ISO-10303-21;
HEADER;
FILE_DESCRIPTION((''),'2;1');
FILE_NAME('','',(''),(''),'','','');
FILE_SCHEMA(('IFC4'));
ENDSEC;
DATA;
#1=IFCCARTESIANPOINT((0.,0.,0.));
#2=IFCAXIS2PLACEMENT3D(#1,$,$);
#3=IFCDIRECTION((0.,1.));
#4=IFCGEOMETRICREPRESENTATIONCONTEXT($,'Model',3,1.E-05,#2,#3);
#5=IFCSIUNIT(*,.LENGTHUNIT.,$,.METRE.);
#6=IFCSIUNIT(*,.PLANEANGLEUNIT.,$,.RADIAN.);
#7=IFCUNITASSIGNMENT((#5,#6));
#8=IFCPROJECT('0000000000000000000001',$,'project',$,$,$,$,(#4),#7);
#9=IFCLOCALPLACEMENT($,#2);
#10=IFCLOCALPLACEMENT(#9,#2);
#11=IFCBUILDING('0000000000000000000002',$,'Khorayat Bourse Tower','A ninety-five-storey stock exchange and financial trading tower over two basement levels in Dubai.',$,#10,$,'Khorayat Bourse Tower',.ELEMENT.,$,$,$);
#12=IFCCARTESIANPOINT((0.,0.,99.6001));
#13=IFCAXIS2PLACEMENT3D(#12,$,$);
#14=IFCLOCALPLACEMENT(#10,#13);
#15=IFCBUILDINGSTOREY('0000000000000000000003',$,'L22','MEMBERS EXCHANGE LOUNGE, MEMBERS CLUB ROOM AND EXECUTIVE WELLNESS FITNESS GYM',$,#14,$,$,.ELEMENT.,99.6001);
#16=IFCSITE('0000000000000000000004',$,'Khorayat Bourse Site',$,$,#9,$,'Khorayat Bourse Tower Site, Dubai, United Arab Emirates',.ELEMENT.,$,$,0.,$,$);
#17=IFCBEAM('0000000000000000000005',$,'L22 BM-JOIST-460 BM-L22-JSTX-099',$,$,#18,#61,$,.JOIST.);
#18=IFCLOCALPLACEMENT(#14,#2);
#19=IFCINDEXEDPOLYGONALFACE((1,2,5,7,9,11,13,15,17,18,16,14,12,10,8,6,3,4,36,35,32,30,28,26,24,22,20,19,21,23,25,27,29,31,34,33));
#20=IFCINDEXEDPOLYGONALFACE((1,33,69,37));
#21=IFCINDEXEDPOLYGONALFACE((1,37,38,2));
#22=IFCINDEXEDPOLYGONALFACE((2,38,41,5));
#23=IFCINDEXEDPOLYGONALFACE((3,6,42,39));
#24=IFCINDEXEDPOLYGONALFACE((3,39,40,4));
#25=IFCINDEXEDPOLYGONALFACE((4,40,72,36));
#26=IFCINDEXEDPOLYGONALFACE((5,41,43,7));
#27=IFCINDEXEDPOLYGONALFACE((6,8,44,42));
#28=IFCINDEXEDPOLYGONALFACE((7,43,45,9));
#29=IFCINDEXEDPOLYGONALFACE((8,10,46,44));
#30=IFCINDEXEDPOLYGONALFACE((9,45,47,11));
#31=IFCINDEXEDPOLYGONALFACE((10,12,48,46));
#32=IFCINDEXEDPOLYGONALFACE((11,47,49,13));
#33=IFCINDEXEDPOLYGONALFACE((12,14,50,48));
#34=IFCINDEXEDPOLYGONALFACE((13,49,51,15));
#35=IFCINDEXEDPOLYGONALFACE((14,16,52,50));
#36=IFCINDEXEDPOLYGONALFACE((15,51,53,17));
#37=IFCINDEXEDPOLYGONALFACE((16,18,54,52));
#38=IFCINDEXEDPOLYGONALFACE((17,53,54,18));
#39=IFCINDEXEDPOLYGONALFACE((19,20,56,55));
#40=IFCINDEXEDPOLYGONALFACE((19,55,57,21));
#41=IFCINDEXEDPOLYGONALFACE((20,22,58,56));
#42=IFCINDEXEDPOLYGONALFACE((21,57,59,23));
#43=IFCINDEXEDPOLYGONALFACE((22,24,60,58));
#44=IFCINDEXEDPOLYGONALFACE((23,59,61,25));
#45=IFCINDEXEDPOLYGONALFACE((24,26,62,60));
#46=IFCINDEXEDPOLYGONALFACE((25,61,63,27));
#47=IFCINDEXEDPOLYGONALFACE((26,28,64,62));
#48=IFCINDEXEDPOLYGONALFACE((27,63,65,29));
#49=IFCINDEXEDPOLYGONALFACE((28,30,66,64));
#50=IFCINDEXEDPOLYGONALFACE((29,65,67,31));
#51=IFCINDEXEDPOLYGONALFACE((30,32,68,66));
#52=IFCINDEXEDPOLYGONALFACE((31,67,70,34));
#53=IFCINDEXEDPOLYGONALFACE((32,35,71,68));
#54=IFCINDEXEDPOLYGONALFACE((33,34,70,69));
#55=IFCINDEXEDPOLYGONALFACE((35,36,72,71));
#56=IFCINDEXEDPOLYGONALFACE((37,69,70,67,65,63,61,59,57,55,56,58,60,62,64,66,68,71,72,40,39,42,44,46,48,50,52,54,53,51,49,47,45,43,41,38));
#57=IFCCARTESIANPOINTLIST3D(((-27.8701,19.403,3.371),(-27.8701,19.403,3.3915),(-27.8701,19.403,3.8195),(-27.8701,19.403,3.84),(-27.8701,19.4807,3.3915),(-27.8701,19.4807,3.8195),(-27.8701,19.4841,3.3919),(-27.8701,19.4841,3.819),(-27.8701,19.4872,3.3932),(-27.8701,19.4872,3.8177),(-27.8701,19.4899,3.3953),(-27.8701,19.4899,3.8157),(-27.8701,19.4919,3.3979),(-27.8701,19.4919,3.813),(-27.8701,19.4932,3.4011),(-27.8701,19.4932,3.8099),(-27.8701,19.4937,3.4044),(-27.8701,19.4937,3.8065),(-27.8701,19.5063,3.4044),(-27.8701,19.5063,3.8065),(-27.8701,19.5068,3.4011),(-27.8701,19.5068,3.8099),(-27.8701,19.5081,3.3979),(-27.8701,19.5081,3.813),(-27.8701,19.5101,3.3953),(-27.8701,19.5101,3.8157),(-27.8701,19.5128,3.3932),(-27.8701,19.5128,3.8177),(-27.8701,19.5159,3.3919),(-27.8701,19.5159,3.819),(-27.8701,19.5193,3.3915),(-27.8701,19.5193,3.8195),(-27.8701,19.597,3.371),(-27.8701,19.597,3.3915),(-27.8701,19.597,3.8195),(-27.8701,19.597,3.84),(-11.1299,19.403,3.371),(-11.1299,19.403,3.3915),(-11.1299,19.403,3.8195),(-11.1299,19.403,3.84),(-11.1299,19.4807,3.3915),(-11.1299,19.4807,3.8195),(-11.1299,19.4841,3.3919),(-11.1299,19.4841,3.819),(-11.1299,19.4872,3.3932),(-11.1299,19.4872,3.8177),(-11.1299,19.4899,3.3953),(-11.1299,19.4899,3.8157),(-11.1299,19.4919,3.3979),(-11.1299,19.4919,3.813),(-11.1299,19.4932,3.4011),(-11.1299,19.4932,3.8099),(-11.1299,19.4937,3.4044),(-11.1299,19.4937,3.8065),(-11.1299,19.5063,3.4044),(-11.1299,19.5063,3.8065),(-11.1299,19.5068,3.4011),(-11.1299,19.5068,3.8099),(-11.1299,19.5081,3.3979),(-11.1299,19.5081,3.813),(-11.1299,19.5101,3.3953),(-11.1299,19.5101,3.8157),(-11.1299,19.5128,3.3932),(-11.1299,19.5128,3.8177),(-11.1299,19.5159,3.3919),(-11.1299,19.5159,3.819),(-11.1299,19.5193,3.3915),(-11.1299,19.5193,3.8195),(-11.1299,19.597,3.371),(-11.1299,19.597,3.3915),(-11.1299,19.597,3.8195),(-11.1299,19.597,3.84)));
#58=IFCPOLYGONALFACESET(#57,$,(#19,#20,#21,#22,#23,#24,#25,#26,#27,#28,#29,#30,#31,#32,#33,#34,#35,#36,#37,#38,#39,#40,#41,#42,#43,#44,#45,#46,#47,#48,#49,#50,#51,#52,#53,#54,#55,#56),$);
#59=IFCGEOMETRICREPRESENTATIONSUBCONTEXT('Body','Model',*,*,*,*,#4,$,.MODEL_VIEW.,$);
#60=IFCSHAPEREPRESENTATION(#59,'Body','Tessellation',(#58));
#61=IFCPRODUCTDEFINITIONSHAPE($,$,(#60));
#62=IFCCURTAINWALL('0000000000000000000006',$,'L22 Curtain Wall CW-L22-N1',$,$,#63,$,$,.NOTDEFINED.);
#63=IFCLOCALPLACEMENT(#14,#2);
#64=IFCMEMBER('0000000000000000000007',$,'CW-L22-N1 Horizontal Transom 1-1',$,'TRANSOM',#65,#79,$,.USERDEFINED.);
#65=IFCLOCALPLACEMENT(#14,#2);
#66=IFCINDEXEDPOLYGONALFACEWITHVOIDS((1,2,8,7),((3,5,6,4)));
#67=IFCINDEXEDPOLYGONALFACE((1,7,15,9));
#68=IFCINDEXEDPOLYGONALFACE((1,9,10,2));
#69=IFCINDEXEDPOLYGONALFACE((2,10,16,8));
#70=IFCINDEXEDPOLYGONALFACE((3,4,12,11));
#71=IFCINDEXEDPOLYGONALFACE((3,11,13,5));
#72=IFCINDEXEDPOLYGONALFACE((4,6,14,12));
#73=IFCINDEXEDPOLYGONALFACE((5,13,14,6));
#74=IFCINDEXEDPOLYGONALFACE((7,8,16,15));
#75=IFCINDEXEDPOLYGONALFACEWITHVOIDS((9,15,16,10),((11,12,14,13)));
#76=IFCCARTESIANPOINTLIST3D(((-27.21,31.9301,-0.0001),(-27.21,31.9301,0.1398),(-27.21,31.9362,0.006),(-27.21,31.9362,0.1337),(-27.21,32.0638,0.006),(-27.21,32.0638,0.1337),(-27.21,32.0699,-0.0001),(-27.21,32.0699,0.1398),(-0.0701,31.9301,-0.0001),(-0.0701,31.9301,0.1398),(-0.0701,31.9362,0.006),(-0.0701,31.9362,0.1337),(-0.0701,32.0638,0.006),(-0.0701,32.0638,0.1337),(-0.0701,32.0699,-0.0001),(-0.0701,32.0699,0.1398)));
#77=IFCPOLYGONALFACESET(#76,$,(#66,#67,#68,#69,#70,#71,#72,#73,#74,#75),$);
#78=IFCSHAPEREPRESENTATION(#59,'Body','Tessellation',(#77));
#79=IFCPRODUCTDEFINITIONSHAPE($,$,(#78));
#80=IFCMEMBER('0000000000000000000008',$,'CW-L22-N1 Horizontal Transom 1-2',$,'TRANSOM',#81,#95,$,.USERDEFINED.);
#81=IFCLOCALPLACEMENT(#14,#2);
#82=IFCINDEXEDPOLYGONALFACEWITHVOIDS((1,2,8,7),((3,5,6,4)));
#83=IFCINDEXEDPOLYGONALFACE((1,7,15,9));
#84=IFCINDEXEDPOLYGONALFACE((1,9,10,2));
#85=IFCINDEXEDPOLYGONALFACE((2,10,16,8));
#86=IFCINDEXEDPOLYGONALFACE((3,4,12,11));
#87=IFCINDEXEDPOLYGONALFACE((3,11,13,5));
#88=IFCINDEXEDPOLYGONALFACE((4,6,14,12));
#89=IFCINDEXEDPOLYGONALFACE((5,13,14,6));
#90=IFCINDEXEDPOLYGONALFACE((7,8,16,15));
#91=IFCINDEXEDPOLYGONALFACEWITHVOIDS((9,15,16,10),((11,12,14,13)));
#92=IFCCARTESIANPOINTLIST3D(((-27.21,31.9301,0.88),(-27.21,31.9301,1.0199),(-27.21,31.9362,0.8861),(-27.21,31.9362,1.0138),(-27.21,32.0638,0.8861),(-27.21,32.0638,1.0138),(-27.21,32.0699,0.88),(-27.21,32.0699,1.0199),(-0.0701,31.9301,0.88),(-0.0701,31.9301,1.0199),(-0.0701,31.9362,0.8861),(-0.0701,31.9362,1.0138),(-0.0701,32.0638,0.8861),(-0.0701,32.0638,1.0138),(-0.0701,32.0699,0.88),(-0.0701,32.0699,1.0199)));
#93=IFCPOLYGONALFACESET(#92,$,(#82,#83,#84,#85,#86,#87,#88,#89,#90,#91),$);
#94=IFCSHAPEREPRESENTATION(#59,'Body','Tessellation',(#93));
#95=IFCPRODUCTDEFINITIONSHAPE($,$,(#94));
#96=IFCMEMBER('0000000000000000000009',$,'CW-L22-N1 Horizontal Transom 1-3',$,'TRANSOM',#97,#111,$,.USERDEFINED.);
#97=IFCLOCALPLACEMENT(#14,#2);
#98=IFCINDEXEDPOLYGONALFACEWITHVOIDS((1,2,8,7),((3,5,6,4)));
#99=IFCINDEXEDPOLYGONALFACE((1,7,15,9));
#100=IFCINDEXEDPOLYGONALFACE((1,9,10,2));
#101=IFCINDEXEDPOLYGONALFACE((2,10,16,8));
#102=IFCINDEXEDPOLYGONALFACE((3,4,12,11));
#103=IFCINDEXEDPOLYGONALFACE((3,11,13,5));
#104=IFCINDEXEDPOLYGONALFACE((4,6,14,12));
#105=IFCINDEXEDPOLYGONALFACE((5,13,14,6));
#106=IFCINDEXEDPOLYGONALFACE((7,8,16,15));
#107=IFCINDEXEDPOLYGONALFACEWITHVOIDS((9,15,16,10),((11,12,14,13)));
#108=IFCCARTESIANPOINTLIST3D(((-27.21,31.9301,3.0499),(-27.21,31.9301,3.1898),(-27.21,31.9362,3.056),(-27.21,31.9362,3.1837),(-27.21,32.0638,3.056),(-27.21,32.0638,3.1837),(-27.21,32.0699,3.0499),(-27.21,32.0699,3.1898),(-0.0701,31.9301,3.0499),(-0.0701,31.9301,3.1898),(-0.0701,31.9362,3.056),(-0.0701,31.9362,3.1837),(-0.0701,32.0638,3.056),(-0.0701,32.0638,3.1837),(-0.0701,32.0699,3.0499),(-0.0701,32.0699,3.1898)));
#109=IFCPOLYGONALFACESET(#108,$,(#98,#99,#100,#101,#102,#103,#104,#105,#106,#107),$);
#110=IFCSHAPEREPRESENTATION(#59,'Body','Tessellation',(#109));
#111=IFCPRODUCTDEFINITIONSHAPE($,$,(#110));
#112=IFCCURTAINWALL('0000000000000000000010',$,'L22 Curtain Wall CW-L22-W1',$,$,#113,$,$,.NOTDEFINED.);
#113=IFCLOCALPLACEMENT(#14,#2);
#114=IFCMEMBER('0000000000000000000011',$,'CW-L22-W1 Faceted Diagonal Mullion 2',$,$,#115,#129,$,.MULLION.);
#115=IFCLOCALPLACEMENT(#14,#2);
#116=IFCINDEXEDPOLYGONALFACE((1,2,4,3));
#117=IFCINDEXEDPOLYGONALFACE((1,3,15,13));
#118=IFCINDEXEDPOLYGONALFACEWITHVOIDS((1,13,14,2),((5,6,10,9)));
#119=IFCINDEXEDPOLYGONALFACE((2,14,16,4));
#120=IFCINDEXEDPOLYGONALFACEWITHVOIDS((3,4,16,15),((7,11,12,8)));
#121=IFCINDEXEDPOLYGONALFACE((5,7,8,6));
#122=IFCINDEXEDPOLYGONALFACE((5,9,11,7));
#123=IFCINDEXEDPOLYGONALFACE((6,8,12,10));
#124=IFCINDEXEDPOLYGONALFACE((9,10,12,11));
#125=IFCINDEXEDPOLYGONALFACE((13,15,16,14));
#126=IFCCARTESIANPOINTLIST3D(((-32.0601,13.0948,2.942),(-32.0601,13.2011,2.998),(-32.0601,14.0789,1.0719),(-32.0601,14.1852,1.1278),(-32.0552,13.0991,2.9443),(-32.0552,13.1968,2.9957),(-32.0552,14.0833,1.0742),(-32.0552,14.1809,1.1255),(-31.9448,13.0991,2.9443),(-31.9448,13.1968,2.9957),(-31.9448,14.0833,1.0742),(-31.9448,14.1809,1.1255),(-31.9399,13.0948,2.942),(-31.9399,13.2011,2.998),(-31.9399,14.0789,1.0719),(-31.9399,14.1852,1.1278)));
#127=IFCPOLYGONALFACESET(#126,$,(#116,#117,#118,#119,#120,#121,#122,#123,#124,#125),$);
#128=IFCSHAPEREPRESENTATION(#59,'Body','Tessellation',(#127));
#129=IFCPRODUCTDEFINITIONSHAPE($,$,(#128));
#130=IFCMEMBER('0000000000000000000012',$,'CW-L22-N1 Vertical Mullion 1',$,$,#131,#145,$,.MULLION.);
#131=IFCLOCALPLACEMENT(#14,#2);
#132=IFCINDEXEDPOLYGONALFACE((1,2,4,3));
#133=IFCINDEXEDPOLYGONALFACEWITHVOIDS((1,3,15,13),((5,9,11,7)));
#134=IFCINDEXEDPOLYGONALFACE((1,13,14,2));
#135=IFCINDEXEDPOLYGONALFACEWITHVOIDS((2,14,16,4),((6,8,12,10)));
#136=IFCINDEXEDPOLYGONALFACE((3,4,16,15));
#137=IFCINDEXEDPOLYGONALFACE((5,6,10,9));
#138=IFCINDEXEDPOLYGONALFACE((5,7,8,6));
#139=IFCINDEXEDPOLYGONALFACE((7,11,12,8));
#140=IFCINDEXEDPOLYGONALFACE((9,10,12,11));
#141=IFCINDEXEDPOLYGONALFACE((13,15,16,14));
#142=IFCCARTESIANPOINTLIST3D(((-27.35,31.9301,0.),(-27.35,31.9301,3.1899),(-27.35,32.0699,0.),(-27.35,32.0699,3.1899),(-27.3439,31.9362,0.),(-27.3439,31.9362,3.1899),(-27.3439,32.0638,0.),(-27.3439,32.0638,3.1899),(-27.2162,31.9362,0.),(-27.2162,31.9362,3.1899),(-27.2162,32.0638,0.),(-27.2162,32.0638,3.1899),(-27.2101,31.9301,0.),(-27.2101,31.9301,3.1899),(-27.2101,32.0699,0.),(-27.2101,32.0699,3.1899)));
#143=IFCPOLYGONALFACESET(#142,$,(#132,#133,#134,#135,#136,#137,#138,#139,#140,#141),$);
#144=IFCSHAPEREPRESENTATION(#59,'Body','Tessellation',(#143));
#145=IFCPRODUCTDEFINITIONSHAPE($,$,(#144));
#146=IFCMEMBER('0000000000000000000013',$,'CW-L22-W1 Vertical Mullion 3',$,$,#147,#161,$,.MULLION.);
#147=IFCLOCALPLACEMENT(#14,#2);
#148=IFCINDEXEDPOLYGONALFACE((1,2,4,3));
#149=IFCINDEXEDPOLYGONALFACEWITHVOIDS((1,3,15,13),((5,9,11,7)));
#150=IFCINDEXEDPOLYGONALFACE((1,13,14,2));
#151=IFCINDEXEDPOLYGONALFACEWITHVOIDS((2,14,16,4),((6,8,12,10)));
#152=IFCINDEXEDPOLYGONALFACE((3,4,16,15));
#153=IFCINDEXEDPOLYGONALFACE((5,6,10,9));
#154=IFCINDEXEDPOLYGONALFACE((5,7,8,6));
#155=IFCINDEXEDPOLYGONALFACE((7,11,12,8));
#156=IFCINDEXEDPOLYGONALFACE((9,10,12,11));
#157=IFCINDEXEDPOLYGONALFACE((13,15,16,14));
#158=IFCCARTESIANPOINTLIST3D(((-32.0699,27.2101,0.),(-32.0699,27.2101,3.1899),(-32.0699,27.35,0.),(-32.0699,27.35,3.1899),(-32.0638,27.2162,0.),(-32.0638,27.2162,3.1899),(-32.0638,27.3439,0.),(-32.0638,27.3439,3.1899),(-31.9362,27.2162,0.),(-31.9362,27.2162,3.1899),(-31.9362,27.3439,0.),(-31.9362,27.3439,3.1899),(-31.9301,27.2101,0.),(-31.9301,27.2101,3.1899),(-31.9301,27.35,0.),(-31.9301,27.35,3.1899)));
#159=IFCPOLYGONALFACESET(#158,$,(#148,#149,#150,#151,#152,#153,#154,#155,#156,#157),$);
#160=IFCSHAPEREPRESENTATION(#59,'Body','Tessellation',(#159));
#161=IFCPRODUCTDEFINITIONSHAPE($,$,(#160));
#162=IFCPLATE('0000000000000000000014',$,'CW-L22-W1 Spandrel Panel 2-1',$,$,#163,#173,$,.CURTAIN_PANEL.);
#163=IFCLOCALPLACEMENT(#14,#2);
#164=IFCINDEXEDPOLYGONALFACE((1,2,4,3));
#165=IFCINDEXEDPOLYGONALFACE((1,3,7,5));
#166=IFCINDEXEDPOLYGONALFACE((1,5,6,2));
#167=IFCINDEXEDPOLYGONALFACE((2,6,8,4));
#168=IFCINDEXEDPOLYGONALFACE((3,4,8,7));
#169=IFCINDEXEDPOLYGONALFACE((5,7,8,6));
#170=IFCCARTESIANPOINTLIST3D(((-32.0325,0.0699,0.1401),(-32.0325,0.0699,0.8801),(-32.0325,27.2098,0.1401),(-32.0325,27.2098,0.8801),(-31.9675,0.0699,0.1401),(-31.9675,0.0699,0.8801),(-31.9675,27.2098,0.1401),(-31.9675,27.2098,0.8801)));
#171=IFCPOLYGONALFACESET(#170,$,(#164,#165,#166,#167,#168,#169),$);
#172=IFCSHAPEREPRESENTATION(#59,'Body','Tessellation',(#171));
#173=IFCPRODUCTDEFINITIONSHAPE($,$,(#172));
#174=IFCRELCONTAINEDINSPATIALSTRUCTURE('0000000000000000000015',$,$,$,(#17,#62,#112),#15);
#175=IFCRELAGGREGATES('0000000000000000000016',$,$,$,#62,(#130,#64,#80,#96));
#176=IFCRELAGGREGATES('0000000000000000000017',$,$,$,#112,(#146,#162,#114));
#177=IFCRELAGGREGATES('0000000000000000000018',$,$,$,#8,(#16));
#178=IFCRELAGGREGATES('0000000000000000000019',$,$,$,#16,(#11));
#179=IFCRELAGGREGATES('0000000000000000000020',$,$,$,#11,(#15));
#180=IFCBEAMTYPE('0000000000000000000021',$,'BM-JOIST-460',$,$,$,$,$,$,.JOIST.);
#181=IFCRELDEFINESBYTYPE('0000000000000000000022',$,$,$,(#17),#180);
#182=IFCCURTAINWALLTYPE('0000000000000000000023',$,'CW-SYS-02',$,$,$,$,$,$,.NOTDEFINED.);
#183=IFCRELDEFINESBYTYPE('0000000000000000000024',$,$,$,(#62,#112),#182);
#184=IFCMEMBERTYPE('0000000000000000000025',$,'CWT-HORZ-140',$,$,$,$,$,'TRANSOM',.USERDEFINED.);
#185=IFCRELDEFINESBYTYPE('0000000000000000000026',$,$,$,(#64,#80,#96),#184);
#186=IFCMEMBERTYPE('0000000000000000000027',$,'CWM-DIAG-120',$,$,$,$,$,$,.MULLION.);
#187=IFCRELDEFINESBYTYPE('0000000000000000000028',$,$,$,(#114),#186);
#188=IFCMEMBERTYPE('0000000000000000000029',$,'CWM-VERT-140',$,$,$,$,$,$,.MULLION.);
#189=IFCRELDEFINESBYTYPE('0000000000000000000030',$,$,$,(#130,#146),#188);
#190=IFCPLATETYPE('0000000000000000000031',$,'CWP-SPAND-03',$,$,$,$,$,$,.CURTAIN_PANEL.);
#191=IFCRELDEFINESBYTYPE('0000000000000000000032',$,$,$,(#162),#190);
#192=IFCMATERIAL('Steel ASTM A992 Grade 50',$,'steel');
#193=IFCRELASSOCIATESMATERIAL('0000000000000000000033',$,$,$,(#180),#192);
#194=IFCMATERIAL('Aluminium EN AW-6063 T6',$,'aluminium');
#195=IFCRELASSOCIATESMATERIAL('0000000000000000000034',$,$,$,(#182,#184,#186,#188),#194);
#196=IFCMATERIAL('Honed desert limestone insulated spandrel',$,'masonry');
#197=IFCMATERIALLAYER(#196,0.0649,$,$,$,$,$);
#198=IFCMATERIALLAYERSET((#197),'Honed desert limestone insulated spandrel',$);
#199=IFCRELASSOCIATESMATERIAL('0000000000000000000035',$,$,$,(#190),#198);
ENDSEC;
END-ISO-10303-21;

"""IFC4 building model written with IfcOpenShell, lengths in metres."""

from ifc_helpers import new_model, si_unit, direction, frame, origin, origin_2d, place, context, subcontext, project, spatial, rectangle, hollow_rectangle, i_section, extrude, source, transform, mapped, material, layer, layer_set, material_profile, profile_set, type_object, element, aggregate, save


model = new_model("IFC4")

# Units and contexts
model_context = context("Model", 3, precision=1e-05, world=origin(), true_north=direction((0.0, 1.0)))
body_context = subcontext(model_context, "Body", "Model", "MODEL_VIEW")
ifc_project = project(units=[si_unit("LENGTHUNIT", "METRE"), si_unit("PLANEANGLEUNIT", "RADIAN")], contexts=[model_context])

# Site, building, storey
site_placement = place(None, origin())
site = spatial("IfcSite", under=ifc_project, at=site_placement, Name="Khorayat Bourse Site", LongName="Khorayat Bourse Tower Site, Dubai, United Arab Emirates", CompositionType="ELEMENT", RefElevation=0.0)
building_placement = place(site_placement, origin())
building = spatial("IfcBuilding", under=site, at=building_placement, Name="Khorayat Bourse Tower", Description="A ninety-five-storey stock exchange and financial trading tower over two basement levels in Dubai.", LongName="Khorayat Bourse Tower", CompositionType="ELEMENT")
storey_placement = place(building_placement, frame((0.0, 0.0, 99.6001)))
storey = spatial("IfcBuildingStorey", under=building, at=storey_placement, Name="L22", Description="MEMBERS EXCHANGE LOUNGE, MEMBERS CLUB ROOM AND EXECUTIVE WELLNESS FITNESS GYM", CompositionType="ELEMENT", Elevation=99.6001)

# Beam
ifc_material_1 = material(Name="Steel ASTM A992 Grade 50", Category="steel")
ifc_material_profile_1 = material_profile(ifc_material_1, i_section(OverallWidth=0.1941, OverallDepth=0.469, WebThickness=0.0127, FlangeThickness=0.0205, FilletRadius=0.0129, at=origin_2d()), Name="W460X106")
ifc_profile_set_1 = profile_set([ifc_material_profile_1], Name="Steel ASTM A992 Grade 50")
beam_type_1 = type_object("IfcBeamType", Name="BM-JOIST-460", PredefinedType="JOIST", material=ifc_profile_set_1)
shared_shape_1 = source(origin(), body_context, "Body", "SweptSolid", [
    extrude(i_section(OverallWidth=0.1941, OverallDepth=0.469, WebThickness=0.0127, FlangeThickness=0.0205, FilletRadius=0.0129, at=origin_2d()), origin(), (0.0, 0.0, 1.0), 16.7402),
])
beam_1_placement = place(storey_placement, frame((-27.8701, 19.5, 3.6055), z_axis=(1.0, 0.0, 0.0), x_axis=(0.0, 1.0, 0.0)))
element("IfcBeam", 1, at=beam_1_placement, inside=storey, type_object=beam_type_1, Name="L22 BM-JOIST-460 BM-L22-JSTX-099", PredefinedType="JOIST", context=body_context, shape_type="MappedRepresentation", body=[
    mapped(shared_shape_1, transform((0.0, 0.0, 0.0), scale=1.0)),
])

# Curtain wall, members
ifc_material_2 = material(Name="Aluminium EN AW-6063 T6", Category="aluminium")
curtain_wall_type = type_object("IfcCurtainWallType", Name="CW-SYS-02", PredefinedType="NOTDEFINED", material=ifc_material_2)
curtain_wall_1_placement = place(storey_placement, origin())
curtain_wall_1 = element("IfcCurtainWall", 2, at=curtain_wall_1_placement, inside=storey, type_object=curtain_wall_type, Name="L22 Curtain Wall CW-L22-N1", PredefinedType="NOTDEFINED")
ifc_material_profile_2 = material_profile(ifc_material_2, hollow_rectangle(XDim=0.1399, YDim=0.1399, WallThickness=0.0061, at=origin_2d()), Name="ALU 140x140x6")
ifc_profile_set_2 = profile_set([ifc_material_profile_2], Name="Aluminium EN AW-6063 T6")
member_type_1 = type_object("IfcMemberType", Name="CWT-HORZ-140", ElementType="TRANSOM", PredefinedType="USERDEFINED", material=ifc_profile_set_2)
shared_shape_2 = source(origin(), body_context, "Body", "SweptSolid", [
    extrude(hollow_rectangle(XDim=0.1399, YDim=0.1399, WallThickness=0.0061, at=origin_2d()), origin(), (0.0, 0.0, 1.0), 27.1399),
])
member_1_placement = place(storey_placement, frame((-27.21, 32.0, 0.0698), z_axis=(1.0, 0.0, 0.0), x_axis=(0.0, 1.0, 0.0)))
member_1 = element("IfcMember", 3, at=member_1_placement, type_object=member_type_1, Name="CW-L22-N1 Horizontal Transom 1-1", ObjectType="TRANSOM", PredefinedType="USERDEFINED", context=body_context, shape_type="MappedRepresentation", body=[
    mapped(shared_shape_2, transform((0.0, 0.0, 0.0), scale=1.0)),
])
member_2_placement = place(storey_placement, frame((-27.21, 32.0, 0.95), z_axis=(1.0, 0.0, 0.0), x_axis=(0.0, 1.0, 0.0)))
member_2 = element("IfcMember", 4, at=member_2_placement, type_object=member_type_1, Name="CW-L22-N1 Horizontal Transom 1-2", ObjectType="TRANSOM", PredefinedType="USERDEFINED", context=body_context, shape_type="MappedRepresentation", body=[
    mapped(shared_shape_2, transform((0.0, 0.0, 0.0), scale=1.0)),
])
member_3_placement = place(storey_placement, frame((-27.21, 32.0, 3.1199), z_axis=(1.0, 0.0, 0.0), x_axis=(0.0, 1.0, 0.0)))
member_3 = element("IfcMember", 5, at=member_3_placement, type_object=member_type_1, Name="CW-L22-N1 Horizontal Transom 1-3", ObjectType="TRANSOM", PredefinedType="USERDEFINED", context=body_context, shape_type="MappedRepresentation", body=[
    mapped(shared_shape_2, transform((0.0, 0.0, 0.0), scale=1.0)),
])

# Curtain wall, member
curtain_wall_2_placement = place(storey_placement, origin())
curtain_wall_2 = element("IfcCurtainWall", 6, at=curtain_wall_2_placement, inside=storey, type_object=curtain_wall_type, Name="L22 Curtain Wall CW-L22-W1", PredefinedType="NOTDEFINED")
ifc_material_profile_3 = material_profile(ifc_material_2, hollow_rectangle(XDim=0.1201, YDim=0.1201, WallThickness=0.0049, at=origin_2d()), Name="ALU 120x120x5")
ifc_profile_set_3 = profile_set([ifc_material_profile_3], Name="Aluminium EN AW-6063 T6")
member_type_2 = type_object("IfcMemberType", Name="CWM-DIAG-120", PredefinedType="MULLION", material=ifc_profile_set_3)
shared_shape_3 = source(origin(), body_context, "Body", "SweptSolid", [
    extrude(hollow_rectangle(XDim=0.1201, YDim=0.1201, WallThickness=0.0049, at=origin_2d()), origin(), (0.0, 0.0, 1.0), 2.1133),
])
member_4_placement = place(storey_placement, frame((-32.0, 14.1321, 1.0999), z_axis=(0.0, -0.465694, 0.884946), x_axis=(1.0, 0.0, 0.0)))
member_4 = element("IfcMember", 7, at=member_4_placement, type_object=member_type_2, Name="CW-L22-W1 Faceted Diagonal Mullion 2", PredefinedType="MULLION", context=body_context, shape_type="MappedRepresentation", body=[
    mapped(shared_shape_3, transform((0.0, 0.0, 0.0), scale=1.0)),
])

# Members
ifc_material_profile_4 = material_profile(ifc_material_2, hollow_rectangle(XDim=0.1399, YDim=0.1399, WallThickness=0.0061, at=origin_2d()), Name="ALU 140x140x6")
ifc_profile_set_4 = profile_set([ifc_material_profile_4], Name="Aluminium EN AW-6063 T6")
member_type_3 = type_object("IfcMemberType", Name="CWM-VERT-140", PredefinedType="MULLION", material=ifc_profile_set_4)
shared_shape_4 = source(origin(), body_context, "Body", "SweptSolid", [
    extrude(hollow_rectangle(XDim=0.1399, YDim=0.1399, WallThickness=0.0061, at=origin_2d()), origin(), (0.0, 0.0, 1.0), 3.1899),
])
member_5_placement = place(storey_placement, frame((-27.28, 32.0, 0.0), z_axis=(0.0, 0.0, 1.0), x_axis=(0.0, 1.0, 0.0)))
member_5 = element("IfcMember", 8, at=member_5_placement, type_object=member_type_3, Name="CW-L22-N1 Vertical Mullion 1", PredefinedType="MULLION", context=body_context, shape_type="MappedRepresentation", body=[
    mapped(shared_shape_4, transform((0.0, 0.0, 0.0), scale=1.0)),
])
aggregate(curtain_wall_1, [member_5, member_1, member_2, member_3])
member_6_placement = place(storey_placement, frame((-32.0, 27.28, 0.0), z_axis=(0.0, 0.0, 1.0), x_axis=(-1.0, 0.0, 0.0)))
member_6 = element("IfcMember", 9, at=member_6_placement, type_object=member_type_3, Name="CW-L22-W1 Vertical Mullion 3", PredefinedType="MULLION", context=body_context, shape_type="MappedRepresentation", body=[
    mapped(shared_shape_4, transform((0.0, 0.0, 0.0), scale=1.0)),
])

# Plate
ifc_material_3 = material(Name="Honed desert limestone insulated spandrel", Category="masonry")
ifc_layer_1 = layer(ifc_material_3, 0.0649)
ifc_layer_set_1 = layer_set([ifc_layer_1], Name="Honed desert limestone insulated spandrel")
plate_type_1 = type_object("IfcPlateType", Name="CWP-SPAND-03", PredefinedType="CURTAIN_PANEL", material=ifc_layer_set_1)
shared_shape_5 = source(origin(), body_context, "Body", "SweptSolid", [
    extrude(rectangle(XDim=27.1399, YDim=0.0649, at=origin_2d()), origin(), (0.0, 0.0, 1.0), 0.74),
])
plate_1_placement = place(storey_placement, frame((-32.0, 13.6399, 0.1401), z_axis=(0.0, 0.0, 1.0), x_axis=(0.0, 1.0, 0.0)))
plate_1 = element("IfcPlate", 10, at=plate_1_placement, type_object=plate_type_1, Name="CW-L22-W1 Spandrel Panel 2-1", PredefinedType="CURTAIN_PANEL", context=body_context, shape_type="MappedRepresentation", body=[
    mapped(shared_shape_5, transform((0.0, 0.0, 0.0), scale=1.0)),
])
aggregate(curtain_wall_2, [member_6, plate_1, member_4])

save(model, "model.ifc")
